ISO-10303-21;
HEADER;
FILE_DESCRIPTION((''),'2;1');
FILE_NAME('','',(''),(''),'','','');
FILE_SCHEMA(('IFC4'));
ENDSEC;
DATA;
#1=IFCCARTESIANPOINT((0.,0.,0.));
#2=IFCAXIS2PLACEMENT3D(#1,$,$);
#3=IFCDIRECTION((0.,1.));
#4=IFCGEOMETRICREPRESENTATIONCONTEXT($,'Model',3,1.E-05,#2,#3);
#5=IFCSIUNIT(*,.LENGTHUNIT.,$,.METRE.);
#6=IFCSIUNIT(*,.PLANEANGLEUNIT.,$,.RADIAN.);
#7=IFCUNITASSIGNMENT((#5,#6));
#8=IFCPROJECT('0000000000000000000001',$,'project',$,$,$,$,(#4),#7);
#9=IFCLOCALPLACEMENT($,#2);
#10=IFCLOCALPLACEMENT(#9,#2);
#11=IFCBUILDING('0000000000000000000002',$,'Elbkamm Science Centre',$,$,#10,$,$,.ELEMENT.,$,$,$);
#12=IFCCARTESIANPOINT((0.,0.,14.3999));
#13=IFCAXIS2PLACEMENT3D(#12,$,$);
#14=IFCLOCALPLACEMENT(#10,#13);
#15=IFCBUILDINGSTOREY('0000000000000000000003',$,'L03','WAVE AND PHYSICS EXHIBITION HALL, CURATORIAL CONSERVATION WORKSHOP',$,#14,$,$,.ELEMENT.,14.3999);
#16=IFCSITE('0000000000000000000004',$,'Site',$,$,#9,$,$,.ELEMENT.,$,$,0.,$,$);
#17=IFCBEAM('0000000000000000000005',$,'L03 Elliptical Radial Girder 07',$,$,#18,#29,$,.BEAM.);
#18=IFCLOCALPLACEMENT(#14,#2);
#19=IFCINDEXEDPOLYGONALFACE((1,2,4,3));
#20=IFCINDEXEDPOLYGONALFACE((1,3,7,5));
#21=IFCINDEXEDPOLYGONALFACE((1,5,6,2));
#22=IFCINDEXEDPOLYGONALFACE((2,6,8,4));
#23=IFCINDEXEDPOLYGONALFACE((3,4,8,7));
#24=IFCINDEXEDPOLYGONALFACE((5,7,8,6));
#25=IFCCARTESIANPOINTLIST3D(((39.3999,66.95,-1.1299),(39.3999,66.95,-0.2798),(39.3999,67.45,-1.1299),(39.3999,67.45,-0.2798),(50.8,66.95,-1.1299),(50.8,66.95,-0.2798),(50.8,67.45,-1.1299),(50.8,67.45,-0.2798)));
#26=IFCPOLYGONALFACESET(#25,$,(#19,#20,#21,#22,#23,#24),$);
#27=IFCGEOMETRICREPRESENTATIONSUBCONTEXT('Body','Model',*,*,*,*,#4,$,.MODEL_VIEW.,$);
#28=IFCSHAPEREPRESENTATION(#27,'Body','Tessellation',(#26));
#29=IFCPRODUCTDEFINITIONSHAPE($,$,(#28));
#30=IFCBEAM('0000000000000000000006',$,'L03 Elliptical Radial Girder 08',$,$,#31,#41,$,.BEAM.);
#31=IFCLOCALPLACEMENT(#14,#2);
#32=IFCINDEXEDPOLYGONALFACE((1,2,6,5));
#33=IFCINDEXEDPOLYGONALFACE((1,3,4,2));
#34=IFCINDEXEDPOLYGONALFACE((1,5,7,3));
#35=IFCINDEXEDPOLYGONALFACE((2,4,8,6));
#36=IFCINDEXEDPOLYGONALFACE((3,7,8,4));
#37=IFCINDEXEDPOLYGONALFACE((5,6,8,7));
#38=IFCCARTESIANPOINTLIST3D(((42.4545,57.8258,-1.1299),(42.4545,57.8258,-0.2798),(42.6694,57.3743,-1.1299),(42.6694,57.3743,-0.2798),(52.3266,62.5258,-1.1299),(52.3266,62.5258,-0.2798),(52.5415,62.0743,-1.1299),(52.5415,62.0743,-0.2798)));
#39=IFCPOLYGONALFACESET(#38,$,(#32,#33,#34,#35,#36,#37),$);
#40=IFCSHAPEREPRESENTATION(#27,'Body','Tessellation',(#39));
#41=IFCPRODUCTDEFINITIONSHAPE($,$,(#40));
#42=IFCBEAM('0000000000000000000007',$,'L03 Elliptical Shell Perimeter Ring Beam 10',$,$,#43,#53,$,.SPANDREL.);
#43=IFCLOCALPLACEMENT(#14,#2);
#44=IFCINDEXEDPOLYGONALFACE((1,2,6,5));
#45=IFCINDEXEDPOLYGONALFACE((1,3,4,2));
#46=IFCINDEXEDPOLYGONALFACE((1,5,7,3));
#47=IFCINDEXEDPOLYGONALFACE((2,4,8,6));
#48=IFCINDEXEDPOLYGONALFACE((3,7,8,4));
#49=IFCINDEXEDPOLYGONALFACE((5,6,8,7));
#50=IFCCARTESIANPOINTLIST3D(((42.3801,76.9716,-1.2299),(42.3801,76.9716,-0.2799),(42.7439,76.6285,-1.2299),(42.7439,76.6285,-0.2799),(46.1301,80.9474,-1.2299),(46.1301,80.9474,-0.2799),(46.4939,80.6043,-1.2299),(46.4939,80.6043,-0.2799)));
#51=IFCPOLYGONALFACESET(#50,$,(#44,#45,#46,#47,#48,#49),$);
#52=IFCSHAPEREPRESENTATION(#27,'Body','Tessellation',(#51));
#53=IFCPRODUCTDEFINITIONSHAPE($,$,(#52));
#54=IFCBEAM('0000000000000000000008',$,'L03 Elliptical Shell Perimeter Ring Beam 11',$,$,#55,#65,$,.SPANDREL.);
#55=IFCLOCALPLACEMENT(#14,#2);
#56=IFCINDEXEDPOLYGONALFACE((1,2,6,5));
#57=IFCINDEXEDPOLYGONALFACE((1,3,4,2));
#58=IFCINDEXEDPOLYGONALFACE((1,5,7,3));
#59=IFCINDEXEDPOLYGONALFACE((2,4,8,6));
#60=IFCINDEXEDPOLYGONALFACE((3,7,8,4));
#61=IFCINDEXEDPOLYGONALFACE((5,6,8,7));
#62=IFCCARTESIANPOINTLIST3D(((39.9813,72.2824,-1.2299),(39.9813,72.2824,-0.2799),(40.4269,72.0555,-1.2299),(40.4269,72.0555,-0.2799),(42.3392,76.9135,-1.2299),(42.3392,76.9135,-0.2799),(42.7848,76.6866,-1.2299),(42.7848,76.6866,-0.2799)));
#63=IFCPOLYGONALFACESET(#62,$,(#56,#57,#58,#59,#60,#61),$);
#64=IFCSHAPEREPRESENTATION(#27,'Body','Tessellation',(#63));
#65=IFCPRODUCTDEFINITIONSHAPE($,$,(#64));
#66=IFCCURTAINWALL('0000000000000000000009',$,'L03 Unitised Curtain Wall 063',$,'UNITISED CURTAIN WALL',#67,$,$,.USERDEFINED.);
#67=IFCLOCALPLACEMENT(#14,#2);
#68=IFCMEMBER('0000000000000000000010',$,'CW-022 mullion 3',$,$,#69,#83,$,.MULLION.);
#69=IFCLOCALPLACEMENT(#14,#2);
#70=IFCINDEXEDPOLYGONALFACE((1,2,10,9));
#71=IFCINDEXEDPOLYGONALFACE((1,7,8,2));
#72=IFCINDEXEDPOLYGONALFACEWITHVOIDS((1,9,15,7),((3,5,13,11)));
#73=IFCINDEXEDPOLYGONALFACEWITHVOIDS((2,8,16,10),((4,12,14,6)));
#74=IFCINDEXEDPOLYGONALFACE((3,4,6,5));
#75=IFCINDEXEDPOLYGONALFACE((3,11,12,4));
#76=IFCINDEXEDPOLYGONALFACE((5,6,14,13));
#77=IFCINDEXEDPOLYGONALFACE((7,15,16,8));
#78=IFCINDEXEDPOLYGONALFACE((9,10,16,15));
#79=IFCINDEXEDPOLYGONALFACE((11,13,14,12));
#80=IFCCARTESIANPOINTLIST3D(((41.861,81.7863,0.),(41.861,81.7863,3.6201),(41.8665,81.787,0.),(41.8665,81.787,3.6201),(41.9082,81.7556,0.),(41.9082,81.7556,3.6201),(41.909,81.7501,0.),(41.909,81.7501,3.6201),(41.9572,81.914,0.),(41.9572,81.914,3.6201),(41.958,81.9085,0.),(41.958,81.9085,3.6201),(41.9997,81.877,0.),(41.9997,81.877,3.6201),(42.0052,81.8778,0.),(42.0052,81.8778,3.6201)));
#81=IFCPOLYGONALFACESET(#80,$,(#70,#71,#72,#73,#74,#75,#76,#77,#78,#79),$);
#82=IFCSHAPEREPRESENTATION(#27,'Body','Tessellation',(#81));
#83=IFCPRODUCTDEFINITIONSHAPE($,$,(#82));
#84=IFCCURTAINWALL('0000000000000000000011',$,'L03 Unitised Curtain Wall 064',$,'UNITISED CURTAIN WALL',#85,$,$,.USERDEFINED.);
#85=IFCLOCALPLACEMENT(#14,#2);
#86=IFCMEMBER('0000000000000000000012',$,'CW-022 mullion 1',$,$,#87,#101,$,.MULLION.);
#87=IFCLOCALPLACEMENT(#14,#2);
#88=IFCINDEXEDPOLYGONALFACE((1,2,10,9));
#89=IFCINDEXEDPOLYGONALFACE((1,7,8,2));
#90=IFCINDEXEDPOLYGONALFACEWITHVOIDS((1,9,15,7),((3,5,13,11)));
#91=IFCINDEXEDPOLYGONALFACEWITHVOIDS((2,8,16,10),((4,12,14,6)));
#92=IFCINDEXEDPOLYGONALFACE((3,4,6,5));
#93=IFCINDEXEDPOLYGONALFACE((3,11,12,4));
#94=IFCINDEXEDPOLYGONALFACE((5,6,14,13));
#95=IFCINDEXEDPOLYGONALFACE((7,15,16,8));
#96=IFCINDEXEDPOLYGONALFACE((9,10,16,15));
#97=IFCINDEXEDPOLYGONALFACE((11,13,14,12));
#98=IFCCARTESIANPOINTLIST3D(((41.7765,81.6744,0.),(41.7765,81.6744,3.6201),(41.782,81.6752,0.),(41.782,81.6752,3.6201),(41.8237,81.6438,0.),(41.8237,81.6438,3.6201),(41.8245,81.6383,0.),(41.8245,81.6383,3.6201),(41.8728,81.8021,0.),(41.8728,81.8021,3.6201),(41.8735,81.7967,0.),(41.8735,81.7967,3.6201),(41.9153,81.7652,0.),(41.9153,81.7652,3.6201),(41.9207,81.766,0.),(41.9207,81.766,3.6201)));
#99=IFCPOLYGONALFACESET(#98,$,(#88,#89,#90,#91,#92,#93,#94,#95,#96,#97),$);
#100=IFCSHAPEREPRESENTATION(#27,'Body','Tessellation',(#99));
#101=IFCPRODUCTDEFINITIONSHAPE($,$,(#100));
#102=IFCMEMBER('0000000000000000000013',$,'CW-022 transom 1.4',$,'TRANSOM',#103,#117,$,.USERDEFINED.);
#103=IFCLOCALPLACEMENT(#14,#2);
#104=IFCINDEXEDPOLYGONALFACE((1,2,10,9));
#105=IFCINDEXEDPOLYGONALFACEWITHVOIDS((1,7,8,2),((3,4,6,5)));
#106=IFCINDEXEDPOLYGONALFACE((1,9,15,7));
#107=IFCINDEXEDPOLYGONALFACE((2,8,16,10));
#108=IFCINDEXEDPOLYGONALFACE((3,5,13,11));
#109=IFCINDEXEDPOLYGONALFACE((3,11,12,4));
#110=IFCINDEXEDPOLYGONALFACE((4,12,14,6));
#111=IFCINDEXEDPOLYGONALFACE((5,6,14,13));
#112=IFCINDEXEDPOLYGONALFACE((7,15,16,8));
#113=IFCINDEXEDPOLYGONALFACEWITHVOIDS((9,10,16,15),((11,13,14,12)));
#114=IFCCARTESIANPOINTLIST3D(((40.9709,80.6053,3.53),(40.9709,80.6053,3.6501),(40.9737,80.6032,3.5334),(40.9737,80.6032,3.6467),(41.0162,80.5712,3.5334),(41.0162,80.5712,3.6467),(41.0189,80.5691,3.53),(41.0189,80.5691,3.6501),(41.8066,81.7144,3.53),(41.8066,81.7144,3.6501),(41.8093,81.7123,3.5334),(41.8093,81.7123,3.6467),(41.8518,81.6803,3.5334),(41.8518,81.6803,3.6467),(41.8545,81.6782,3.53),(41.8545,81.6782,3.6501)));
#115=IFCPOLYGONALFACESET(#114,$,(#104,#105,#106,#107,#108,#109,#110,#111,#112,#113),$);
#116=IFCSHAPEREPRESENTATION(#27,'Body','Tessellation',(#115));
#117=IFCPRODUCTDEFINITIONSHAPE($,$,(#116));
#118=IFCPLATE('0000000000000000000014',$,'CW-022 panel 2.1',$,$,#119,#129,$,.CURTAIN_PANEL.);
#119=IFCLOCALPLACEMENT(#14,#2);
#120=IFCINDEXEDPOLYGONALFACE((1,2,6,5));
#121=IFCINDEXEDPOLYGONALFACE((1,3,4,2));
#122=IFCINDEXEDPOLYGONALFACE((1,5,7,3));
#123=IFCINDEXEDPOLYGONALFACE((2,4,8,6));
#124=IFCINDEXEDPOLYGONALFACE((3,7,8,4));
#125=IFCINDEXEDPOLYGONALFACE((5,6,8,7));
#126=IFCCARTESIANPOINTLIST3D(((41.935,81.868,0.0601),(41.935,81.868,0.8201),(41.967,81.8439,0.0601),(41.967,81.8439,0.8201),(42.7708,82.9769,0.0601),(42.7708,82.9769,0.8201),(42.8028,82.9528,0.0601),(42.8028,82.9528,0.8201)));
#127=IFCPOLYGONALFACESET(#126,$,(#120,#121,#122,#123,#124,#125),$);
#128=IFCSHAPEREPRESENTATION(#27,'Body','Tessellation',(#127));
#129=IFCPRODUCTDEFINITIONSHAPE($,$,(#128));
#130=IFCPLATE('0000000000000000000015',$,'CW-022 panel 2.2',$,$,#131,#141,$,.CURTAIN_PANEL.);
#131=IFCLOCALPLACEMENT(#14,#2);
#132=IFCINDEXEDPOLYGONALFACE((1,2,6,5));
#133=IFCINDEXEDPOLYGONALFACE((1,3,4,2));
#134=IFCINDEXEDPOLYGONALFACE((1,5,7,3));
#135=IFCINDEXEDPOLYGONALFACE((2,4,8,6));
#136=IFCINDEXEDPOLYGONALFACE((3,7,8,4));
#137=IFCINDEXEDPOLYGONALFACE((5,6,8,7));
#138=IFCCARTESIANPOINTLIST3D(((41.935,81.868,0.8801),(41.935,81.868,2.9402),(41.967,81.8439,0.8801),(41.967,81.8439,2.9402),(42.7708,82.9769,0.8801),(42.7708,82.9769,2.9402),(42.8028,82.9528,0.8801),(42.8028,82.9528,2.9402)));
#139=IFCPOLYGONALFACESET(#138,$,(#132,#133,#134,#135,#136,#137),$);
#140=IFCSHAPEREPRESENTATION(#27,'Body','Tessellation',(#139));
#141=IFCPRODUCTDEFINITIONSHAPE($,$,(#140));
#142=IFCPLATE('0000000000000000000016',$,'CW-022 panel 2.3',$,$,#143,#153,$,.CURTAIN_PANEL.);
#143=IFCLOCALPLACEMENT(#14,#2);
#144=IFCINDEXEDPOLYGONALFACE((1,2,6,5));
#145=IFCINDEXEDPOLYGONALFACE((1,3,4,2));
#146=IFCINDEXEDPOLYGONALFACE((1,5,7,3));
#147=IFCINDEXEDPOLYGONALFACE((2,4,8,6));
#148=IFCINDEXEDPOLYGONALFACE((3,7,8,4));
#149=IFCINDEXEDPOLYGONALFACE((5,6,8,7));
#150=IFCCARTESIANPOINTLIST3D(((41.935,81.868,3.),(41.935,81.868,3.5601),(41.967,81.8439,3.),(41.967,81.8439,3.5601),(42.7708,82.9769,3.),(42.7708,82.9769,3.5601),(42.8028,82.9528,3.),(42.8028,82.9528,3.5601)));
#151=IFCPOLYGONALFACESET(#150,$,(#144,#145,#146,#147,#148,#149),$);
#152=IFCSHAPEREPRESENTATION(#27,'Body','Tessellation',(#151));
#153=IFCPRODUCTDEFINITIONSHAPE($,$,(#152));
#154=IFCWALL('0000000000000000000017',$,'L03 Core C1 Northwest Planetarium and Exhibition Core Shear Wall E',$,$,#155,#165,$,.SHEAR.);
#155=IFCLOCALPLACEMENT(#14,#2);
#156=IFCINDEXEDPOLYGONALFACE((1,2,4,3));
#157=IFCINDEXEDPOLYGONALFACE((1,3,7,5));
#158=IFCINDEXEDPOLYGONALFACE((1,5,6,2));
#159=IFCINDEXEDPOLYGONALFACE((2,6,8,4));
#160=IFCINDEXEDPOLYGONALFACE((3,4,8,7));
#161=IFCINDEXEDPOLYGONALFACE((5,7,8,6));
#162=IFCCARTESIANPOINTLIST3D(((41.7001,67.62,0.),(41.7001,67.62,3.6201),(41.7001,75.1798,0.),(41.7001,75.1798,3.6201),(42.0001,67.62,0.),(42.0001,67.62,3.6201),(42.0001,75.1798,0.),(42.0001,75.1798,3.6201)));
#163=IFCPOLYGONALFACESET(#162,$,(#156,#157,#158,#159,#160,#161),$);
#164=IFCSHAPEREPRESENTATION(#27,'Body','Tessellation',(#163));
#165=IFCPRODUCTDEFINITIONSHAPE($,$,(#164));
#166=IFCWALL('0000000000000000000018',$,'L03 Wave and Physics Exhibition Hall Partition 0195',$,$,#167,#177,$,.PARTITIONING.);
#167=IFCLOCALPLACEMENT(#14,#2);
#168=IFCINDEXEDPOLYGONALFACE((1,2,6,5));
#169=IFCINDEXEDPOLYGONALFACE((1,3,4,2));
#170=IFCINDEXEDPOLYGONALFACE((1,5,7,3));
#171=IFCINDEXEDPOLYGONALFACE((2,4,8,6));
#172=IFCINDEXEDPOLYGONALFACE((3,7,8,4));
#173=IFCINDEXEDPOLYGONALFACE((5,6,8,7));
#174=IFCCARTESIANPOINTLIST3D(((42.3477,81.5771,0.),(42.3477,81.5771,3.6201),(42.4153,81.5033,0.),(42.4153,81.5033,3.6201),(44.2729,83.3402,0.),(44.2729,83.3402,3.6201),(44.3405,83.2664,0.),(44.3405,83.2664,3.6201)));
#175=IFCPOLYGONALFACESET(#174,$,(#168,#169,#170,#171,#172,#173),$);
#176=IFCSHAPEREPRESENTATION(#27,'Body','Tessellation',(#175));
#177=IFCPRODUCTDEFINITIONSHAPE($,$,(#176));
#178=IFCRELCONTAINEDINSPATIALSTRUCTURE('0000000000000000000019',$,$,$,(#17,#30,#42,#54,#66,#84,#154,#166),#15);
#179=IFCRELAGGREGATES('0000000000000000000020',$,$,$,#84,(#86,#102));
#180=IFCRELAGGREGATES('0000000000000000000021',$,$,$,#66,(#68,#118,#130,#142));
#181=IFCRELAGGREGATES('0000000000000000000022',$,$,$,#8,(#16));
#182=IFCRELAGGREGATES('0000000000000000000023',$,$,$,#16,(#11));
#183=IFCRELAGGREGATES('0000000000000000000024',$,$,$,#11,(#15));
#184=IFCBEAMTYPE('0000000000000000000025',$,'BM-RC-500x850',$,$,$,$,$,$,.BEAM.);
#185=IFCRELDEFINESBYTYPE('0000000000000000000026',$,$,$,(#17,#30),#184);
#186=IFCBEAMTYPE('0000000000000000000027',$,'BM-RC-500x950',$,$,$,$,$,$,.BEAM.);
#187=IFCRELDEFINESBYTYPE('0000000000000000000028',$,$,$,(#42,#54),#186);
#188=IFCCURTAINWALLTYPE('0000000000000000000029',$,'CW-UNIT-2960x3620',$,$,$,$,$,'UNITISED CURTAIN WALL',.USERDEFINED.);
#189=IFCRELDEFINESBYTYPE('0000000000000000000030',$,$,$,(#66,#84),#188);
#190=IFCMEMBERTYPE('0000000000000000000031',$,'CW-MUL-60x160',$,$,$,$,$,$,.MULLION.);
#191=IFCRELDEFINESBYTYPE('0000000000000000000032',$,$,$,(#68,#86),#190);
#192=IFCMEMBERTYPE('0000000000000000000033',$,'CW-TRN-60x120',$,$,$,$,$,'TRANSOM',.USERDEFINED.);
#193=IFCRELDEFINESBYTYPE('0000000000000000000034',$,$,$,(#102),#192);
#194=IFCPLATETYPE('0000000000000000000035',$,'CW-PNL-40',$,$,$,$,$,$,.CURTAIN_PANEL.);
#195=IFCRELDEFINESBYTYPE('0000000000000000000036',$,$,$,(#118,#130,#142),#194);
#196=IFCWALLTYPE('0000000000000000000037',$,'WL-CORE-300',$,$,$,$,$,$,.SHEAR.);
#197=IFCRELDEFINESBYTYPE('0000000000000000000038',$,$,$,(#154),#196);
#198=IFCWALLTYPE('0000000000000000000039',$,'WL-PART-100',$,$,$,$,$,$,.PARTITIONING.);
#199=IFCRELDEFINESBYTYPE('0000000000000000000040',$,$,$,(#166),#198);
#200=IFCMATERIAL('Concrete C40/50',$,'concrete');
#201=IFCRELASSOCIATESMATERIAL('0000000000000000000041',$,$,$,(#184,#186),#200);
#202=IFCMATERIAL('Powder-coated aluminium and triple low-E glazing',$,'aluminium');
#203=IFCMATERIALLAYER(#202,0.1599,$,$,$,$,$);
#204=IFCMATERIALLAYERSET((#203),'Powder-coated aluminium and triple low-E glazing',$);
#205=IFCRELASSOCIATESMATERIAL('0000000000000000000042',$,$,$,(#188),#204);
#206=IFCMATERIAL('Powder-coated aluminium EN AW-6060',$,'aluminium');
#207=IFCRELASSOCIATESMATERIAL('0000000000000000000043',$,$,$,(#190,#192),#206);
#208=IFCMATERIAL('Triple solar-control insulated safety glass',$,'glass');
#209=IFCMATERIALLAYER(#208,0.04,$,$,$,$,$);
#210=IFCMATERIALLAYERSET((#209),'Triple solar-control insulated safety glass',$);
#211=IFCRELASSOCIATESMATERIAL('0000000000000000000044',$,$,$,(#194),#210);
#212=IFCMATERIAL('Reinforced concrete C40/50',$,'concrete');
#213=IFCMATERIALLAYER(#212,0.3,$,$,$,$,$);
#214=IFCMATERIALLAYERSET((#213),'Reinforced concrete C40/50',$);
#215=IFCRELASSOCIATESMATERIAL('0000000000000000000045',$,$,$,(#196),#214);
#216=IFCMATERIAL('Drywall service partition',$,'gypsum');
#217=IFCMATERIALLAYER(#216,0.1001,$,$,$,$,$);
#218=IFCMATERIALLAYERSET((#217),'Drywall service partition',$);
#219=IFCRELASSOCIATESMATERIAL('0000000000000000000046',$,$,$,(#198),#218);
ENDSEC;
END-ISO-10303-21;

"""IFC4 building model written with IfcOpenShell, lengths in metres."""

from ifc_helpers import new_model, si_unit, direction, frame, frame_2d, origin, origin_2d, place, context, subcontext, project, spatial, rectangle, hollow_rectangle, extrude, material, layer, layer_set, material_profile, profile_set, type_object, element, aggregate, save


model = new_model("IFC4")

# Units and contexts
model_context = context("Model", 3, precision=1e-05, world=origin(), true_north=direction((0.0, 1.0)))
body_context = subcontext(model_context, "Body", "Model", "MODEL_VIEW")
ifc_project = project(units=[si_unit("LENGTHUNIT", "METRE"), si_unit("PLANEANGLEUNIT", "RADIAN")], contexts=[model_context])

# Site, building, storey
site_placement = place(None, origin())
site = spatial("IfcSite", under=ifc_project, at=site_placement, Name="Site", CompositionType="ELEMENT", RefElevation=0.0)
building_placement = place(site_placement, origin())
building = spatial("IfcBuilding", under=site, at=building_placement, Name="Elbkamm Science Centre", CompositionType="ELEMENT")
storey_placement = place(building_placement, frame((0.0, 0.0, 14.3999)))
storey = spatial("IfcBuildingStorey", under=building, at=storey_placement, Name="L03", Description="WAVE AND PHYSICS EXHIBITION HALL, CURATORIAL CONSERVATION WORKSHOP", CompositionType="ELEMENT", Elevation=14.3999)

# Shared definitions
ifc_material_1 = material(Name="Concrete C40/50", Category="concrete")

# Beams
ifc_material_profile_1 = material_profile(ifc_material_1, rectangle(XDim=0.5, YDim=0.8501, at=origin_2d()), Name="RC 500x850")
ifc_profile_set_1 = profile_set([ifc_material_profile_1], Name="Concrete C40/50")
beam_type_1 = type_object("IfcBeamType", Name="BM-RC-500x850", PredefinedType="BEAM", material=ifc_profile_set_1)
beam_1_placement = place(storey_placement, frame((50.8, 67.2, -0.7048), z_axis=(-1.0, 0.0, 0.0), x_axis=(0.0, -1.0, 0.0)))
element("IfcBeam", 1, at=beam_1_placement, inside=storey, type_object=beam_type_1, Name="L03 Elliptical Radial Girder 07", PredefinedType="BEAM", context=body_context, shape_type="SweptSolid", body=[
    extrude(rectangle(XDim=0.5, YDim=0.8501, at=origin_2d()), origin(), (0.0, 0.0, 1.0), 11.4001),
])
beam_2_placement = place(storey_placement, frame((52.4341, 62.3, -0.7048), z_axis=(-0.902897, -0.429856, 0.0), x_axis=(0.429856, -0.902897, 0.0)))
element("IfcBeam", 2, at=beam_2_placement, inside=storey, type_object=beam_type_1, Name="L03 Elliptical Radial Girder 08", PredefinedType="BEAM", context=body_context, shape_type="SweptSolid", body=[
    extrude(rectangle(XDim=0.5, YDim=0.8501, at=origin_2d()), origin(), (0.0, 0.0, 1.0), 10.9338),
])
ifc_material_profile_2 = material_profile(ifc_material_1, rectangle(XDim=0.5, YDim=0.95, at=origin_2d()), Name="RC 500x950")
ifc_profile_set_2 = profile_set([ifc_material_profile_2], Name="Concrete C40/50")
beam_type_2 = type_object("IfcBeamType", Name="BM-RC-500x950", PredefinedType="BEAM", material=ifc_profile_set_2)
beam_3_placement = place(storey_placement, frame((46.312, 80.7759, -0.7549), z_axis=(-0.686145, -0.727465, 0.0), x_axis=(0.727465, -0.686145, 0.0)))
element("IfcBeam", 3, at=beam_3_placement, inside=storey, type_object=beam_type_2, Name="L03 Elliptical Shell Perimeter Ring Beam 10", PredefinedType="SPANDREL", context=body_context, shape_type="SweptSolid", body=[
    extrude(rectangle(XDim=0.5, YDim=0.95, at=origin_2d()), origin(), (0.0, 0.0, 1.0), 5.4653),
])
beam_4_placement = place(storey_placement, frame((42.562, 76.8, -0.7549), z_axis=(-0.453722, -0.891143, 0.0), x_axis=(0.891143, -0.453722, 0.0)))
element("IfcBeam", 4, at=beam_4_placement, inside=storey, type_object=beam_type_2, Name="L03 Elliptical Shell Perimeter Ring Beam 11", PredefinedType="SPANDREL", context=body_context, shape_type="SweptSolid", body=[
    extrude(rectangle(XDim=0.5, YDim=0.95, at=origin_2d()), origin(), (0.0, 0.0, 1.0), 5.1968),
])

# Curtain wall, member
ifc_material_2 = material(Name="Powder-coated aluminium and triple low-E glazing", Category="aluminium")
ifc_layer_1 = layer(ifc_material_2, 0.1599)
ifc_layer_set_1 = layer_set([ifc_layer_1], Name="Powder-coated aluminium and triple low-E glazing")
curtain_wall_type = type_object("IfcCurtainWallType", Name="CW-UNIT-2960x3620", ElementType="UNITISED CURTAIN WALL", PredefinedType="USERDEFINED", material=ifc_layer_set_1)
curtain_wall_1_placement = place(storey_placement, origin())
curtain_wall_1 = element("IfcCurtainWall", 5, at=curtain_wall_1_placement, inside=storey, type_object=curtain_wall_type, Name="L03 Unitised Curtain Wall 063", ObjectType="UNITISED CURTAIN WALL", PredefinedType="USERDEFINED")
ifc_material_3 = material(Name="Powder-coated aluminium EN AW-6060", Category="aluminium")
ifc_material_profile_3 = material_profile(ifc_material_3, hollow_rectangle(XDim=0.0601, YDim=0.1599, WallThickness=0.0039, at=origin_2d()), Name="ALU M60x160")
ifc_profile_set_3 = profile_set([ifc_material_profile_3], Name="Powder-coated aluminium EN AW-6060")
member_type_1 = type_object("IfcMemberType", Name="CW-MUL-60x160", PredefinedType="MULLION", material=ifc_profile_set_3)
member_1_placement = place(storey_placement, frame((41.9331, 81.832, 0.0), z_axis=(0.0, 0.0, 1.0), x_axis=(0.798586, -0.601881, 0.0)))
member_1 = element("IfcMember", 6, at=member_1_placement, type_object=member_type_1, Name="CW-022 mullion 3", PredefinedType="MULLION", context=body_context, shape_type="SweptSolid", body=[
    extrude(hollow_rectangle(XDim=0.0601, YDim=0.1599, WallThickness=0.0039, at=origin_2d()), origin(), (0.0, 0.0, 1.0), 3.6201),
])

# Curtain wall, members
curtain_wall_2_placement = place(storey_placement, origin())
curtain_wall_2 = element("IfcCurtainWall", 7, at=curtain_wall_2_placement, inside=storey, type_object=curtain_wall_type, Name="L03 Unitised Curtain Wall 064", ObjectType="UNITISED CURTAIN WALL", PredefinedType="USERDEFINED")
member_2_placement = place(storey_placement, frame((41.8486, 81.7202, 0.0), z_axis=(0.0, 0.0, 1.0), x_axis=(0.798586, -0.601881, 0.0)))
member_2 = element("IfcMember", 8, at=member_2_placement, type_object=member_type_1, Name="CW-022 mullion 1", PredefinedType="MULLION", context=body_context, shape_type="SweptSolid", body=[
    extrude(hollow_rectangle(XDim=0.0601, YDim=0.1599, WallThickness=0.0039, at=origin_2d()), origin(), (0.0, 0.0, 1.0), 3.6201),
])
ifc_material_profile_4 = material_profile(ifc_material_3, hollow_rectangle(XDim=0.0601, YDim=0.1201, WallThickness=0.0034, at=origin_2d()), Name="ALU T60x120")
ifc_profile_set_4 = profile_set([ifc_material_profile_4], Name="Powder-coated aluminium EN AW-6060")
member_type_2 = type_object("IfcMemberType", Name="CW-TRN-60x120", ElementType="TRANSOM", PredefinedType="USERDEFINED", material=ifc_profile_set_4)
member_3_placement = place(storey_placement, frame((41.8306, 81.6963, 3.5901), z_axis=(-0.601771, -0.798669, 0.0), x_axis=(0.798669, -0.601771, 0.0)))
member_3 = element("IfcMember", 9, at=member_3_placement, type_object=member_type_2, Name="CW-022 transom 1.4", ObjectType="TRANSOM", PredefinedType="USERDEFINED", context=body_context, shape_type="SweptSolid", body=[
    extrude(hollow_rectangle(XDim=0.0601, YDim=0.1201, WallThickness=0.0034, at=origin_2d()), origin(), (0.0, 0.0, 1.0), 1.3887),
])
aggregate(curtain_wall_2, [member_2, member_3])

# Plates
ifc_material_4 = material(Name="Triple solar-control insulated safety glass", Category="glass")
ifc_layer_2 = layer(ifc_material_4, 0.04)
ifc_layer_set_2 = layer_set([ifc_layer_2], Name="Triple solar-control insulated safety glass")
plate_type = type_object("IfcPlateType", Name="CW-PNL-40", PredefinedType="CURTAIN_PANEL", material=ifc_layer_set_2)
plate_1_placement = place(storey_placement, frame((42.3689, 82.4104, 0.0601), z_axis=(0.0, 0.0, 1.0), x_axis=(-0.601881, -0.798586, 0.0)))
plate_1 = element("IfcPlate", 10, at=plate_1_placement, type_object=plate_type, Name="CW-022 panel 2.1", PredefinedType="CURTAIN_PANEL", context=body_context, shape_type="SweptSolid", body=[
    extrude(rectangle(XDim=1.3887, YDim=0.04, at=origin_2d()), origin(), (0.0, 0.0, 1.0), 0.76),
])
plate_2_placement = place(storey_placement, frame((42.3689, 82.4104, 0.8801), z_axis=(0.0, 0.0, 1.0), x_axis=(-0.601881, -0.798586, 0.0)))
plate_2 = element("IfcPlate", 11, at=plate_2_placement, type_object=plate_type, Name="CW-022 panel 2.2", PredefinedType="CURTAIN_PANEL", context=body_context, shape_type="SweptSolid", body=[
    extrude(rectangle(XDim=1.3887, YDim=0.04, at=origin_2d()), origin(), (0.0, 0.0, 1.0), 2.0601),
])
plate_3_placement = place(storey_placement, frame((42.3689, 82.4104, 3.0), z_axis=(0.0, 0.0, 1.0), x_axis=(-0.601881, -0.798586, 0.0)))
plate_3 = element("IfcPlate", 12, at=plate_3_placement, type_object=plate_type, Name="CW-022 panel 2.3", PredefinedType="CURTAIN_PANEL", context=body_context, shape_type="SweptSolid", body=[
    extrude(rectangle(XDim=1.3887, YDim=0.04, at=origin_2d()), origin(), (0.0, 0.0, 1.0), 0.5601),
])
aggregate(curtain_wall_1, [member_1, plate_1, plate_2, plate_3])

# Walls
ifc_material_5 = material(Name="Reinforced concrete C40/50", Category="concrete")
ifc_layer_3 = layer(ifc_material_5, 0.3)
ifc_layer_set_3 = layer_set([ifc_layer_3], Name="Reinforced concrete C40/50")
wall_type_1 = type_object("IfcWallType", Name="WL-CORE-300", PredefinedType="SHEAR", material=ifc_layer_set_3)
wall_1_placement = place(storey_placement, frame((41.8501, 67.6201, 0.0), z_axis=(0.0, 0.0, 1.0), x_axis=(0.0, 1.0, 0.0)))
element("IfcWall", 13, at=wall_1_placement, inside=storey, type_object=wall_type_1, Name="L03 Core C1 Northwest Planetarium and Exhibition Core Shear Wall E", PredefinedType="SHEAR", context=body_context, shape_type="SweptSolid", body=[
    extrude(rectangle(XDim=7.5598, YDim=0.3, at=frame_2d((3.7798, 0.0))), origin(), (0.0, 0.0, 1.0), 3.6201),
])
ifc_material_6 = material(Name="Drywall service partition", Category="gypsum")
ifc_layer_4 = layer(ifc_material_6, 0.1001)
ifc_layer_set_4 = layer_set([ifc_layer_4], Name="Drywall service partition")
wall_type_2 = type_object("IfcWallType", Name="WL-PART-100", PredefinedType="PARTITIONING", material=ifc_layer_set_4)
wall_2_placement = place(storey_placement, frame((42.3816, 81.5403, 0.0), z_axis=(0.0, 0.0, 1.0), x_axis=(0.737472, 0.675377, 0.0)))
element("IfcWall", 14, at=wall_2_placement, inside=storey, type_object=wall_type_2, Name="L03 Wave and Physics Exhibition Hall Partition 0195", PredefinedType="PARTITIONING", context=body_context, shape_type="SweptSolid", body=[
    extrude(rectangle(XDim=2.6106, YDim=0.1001, at=frame_2d((1.3052, 0.0))), origin(), (0.0, 0.0, 1.0), 3.6201),
])

save(model, "model.ifc")
